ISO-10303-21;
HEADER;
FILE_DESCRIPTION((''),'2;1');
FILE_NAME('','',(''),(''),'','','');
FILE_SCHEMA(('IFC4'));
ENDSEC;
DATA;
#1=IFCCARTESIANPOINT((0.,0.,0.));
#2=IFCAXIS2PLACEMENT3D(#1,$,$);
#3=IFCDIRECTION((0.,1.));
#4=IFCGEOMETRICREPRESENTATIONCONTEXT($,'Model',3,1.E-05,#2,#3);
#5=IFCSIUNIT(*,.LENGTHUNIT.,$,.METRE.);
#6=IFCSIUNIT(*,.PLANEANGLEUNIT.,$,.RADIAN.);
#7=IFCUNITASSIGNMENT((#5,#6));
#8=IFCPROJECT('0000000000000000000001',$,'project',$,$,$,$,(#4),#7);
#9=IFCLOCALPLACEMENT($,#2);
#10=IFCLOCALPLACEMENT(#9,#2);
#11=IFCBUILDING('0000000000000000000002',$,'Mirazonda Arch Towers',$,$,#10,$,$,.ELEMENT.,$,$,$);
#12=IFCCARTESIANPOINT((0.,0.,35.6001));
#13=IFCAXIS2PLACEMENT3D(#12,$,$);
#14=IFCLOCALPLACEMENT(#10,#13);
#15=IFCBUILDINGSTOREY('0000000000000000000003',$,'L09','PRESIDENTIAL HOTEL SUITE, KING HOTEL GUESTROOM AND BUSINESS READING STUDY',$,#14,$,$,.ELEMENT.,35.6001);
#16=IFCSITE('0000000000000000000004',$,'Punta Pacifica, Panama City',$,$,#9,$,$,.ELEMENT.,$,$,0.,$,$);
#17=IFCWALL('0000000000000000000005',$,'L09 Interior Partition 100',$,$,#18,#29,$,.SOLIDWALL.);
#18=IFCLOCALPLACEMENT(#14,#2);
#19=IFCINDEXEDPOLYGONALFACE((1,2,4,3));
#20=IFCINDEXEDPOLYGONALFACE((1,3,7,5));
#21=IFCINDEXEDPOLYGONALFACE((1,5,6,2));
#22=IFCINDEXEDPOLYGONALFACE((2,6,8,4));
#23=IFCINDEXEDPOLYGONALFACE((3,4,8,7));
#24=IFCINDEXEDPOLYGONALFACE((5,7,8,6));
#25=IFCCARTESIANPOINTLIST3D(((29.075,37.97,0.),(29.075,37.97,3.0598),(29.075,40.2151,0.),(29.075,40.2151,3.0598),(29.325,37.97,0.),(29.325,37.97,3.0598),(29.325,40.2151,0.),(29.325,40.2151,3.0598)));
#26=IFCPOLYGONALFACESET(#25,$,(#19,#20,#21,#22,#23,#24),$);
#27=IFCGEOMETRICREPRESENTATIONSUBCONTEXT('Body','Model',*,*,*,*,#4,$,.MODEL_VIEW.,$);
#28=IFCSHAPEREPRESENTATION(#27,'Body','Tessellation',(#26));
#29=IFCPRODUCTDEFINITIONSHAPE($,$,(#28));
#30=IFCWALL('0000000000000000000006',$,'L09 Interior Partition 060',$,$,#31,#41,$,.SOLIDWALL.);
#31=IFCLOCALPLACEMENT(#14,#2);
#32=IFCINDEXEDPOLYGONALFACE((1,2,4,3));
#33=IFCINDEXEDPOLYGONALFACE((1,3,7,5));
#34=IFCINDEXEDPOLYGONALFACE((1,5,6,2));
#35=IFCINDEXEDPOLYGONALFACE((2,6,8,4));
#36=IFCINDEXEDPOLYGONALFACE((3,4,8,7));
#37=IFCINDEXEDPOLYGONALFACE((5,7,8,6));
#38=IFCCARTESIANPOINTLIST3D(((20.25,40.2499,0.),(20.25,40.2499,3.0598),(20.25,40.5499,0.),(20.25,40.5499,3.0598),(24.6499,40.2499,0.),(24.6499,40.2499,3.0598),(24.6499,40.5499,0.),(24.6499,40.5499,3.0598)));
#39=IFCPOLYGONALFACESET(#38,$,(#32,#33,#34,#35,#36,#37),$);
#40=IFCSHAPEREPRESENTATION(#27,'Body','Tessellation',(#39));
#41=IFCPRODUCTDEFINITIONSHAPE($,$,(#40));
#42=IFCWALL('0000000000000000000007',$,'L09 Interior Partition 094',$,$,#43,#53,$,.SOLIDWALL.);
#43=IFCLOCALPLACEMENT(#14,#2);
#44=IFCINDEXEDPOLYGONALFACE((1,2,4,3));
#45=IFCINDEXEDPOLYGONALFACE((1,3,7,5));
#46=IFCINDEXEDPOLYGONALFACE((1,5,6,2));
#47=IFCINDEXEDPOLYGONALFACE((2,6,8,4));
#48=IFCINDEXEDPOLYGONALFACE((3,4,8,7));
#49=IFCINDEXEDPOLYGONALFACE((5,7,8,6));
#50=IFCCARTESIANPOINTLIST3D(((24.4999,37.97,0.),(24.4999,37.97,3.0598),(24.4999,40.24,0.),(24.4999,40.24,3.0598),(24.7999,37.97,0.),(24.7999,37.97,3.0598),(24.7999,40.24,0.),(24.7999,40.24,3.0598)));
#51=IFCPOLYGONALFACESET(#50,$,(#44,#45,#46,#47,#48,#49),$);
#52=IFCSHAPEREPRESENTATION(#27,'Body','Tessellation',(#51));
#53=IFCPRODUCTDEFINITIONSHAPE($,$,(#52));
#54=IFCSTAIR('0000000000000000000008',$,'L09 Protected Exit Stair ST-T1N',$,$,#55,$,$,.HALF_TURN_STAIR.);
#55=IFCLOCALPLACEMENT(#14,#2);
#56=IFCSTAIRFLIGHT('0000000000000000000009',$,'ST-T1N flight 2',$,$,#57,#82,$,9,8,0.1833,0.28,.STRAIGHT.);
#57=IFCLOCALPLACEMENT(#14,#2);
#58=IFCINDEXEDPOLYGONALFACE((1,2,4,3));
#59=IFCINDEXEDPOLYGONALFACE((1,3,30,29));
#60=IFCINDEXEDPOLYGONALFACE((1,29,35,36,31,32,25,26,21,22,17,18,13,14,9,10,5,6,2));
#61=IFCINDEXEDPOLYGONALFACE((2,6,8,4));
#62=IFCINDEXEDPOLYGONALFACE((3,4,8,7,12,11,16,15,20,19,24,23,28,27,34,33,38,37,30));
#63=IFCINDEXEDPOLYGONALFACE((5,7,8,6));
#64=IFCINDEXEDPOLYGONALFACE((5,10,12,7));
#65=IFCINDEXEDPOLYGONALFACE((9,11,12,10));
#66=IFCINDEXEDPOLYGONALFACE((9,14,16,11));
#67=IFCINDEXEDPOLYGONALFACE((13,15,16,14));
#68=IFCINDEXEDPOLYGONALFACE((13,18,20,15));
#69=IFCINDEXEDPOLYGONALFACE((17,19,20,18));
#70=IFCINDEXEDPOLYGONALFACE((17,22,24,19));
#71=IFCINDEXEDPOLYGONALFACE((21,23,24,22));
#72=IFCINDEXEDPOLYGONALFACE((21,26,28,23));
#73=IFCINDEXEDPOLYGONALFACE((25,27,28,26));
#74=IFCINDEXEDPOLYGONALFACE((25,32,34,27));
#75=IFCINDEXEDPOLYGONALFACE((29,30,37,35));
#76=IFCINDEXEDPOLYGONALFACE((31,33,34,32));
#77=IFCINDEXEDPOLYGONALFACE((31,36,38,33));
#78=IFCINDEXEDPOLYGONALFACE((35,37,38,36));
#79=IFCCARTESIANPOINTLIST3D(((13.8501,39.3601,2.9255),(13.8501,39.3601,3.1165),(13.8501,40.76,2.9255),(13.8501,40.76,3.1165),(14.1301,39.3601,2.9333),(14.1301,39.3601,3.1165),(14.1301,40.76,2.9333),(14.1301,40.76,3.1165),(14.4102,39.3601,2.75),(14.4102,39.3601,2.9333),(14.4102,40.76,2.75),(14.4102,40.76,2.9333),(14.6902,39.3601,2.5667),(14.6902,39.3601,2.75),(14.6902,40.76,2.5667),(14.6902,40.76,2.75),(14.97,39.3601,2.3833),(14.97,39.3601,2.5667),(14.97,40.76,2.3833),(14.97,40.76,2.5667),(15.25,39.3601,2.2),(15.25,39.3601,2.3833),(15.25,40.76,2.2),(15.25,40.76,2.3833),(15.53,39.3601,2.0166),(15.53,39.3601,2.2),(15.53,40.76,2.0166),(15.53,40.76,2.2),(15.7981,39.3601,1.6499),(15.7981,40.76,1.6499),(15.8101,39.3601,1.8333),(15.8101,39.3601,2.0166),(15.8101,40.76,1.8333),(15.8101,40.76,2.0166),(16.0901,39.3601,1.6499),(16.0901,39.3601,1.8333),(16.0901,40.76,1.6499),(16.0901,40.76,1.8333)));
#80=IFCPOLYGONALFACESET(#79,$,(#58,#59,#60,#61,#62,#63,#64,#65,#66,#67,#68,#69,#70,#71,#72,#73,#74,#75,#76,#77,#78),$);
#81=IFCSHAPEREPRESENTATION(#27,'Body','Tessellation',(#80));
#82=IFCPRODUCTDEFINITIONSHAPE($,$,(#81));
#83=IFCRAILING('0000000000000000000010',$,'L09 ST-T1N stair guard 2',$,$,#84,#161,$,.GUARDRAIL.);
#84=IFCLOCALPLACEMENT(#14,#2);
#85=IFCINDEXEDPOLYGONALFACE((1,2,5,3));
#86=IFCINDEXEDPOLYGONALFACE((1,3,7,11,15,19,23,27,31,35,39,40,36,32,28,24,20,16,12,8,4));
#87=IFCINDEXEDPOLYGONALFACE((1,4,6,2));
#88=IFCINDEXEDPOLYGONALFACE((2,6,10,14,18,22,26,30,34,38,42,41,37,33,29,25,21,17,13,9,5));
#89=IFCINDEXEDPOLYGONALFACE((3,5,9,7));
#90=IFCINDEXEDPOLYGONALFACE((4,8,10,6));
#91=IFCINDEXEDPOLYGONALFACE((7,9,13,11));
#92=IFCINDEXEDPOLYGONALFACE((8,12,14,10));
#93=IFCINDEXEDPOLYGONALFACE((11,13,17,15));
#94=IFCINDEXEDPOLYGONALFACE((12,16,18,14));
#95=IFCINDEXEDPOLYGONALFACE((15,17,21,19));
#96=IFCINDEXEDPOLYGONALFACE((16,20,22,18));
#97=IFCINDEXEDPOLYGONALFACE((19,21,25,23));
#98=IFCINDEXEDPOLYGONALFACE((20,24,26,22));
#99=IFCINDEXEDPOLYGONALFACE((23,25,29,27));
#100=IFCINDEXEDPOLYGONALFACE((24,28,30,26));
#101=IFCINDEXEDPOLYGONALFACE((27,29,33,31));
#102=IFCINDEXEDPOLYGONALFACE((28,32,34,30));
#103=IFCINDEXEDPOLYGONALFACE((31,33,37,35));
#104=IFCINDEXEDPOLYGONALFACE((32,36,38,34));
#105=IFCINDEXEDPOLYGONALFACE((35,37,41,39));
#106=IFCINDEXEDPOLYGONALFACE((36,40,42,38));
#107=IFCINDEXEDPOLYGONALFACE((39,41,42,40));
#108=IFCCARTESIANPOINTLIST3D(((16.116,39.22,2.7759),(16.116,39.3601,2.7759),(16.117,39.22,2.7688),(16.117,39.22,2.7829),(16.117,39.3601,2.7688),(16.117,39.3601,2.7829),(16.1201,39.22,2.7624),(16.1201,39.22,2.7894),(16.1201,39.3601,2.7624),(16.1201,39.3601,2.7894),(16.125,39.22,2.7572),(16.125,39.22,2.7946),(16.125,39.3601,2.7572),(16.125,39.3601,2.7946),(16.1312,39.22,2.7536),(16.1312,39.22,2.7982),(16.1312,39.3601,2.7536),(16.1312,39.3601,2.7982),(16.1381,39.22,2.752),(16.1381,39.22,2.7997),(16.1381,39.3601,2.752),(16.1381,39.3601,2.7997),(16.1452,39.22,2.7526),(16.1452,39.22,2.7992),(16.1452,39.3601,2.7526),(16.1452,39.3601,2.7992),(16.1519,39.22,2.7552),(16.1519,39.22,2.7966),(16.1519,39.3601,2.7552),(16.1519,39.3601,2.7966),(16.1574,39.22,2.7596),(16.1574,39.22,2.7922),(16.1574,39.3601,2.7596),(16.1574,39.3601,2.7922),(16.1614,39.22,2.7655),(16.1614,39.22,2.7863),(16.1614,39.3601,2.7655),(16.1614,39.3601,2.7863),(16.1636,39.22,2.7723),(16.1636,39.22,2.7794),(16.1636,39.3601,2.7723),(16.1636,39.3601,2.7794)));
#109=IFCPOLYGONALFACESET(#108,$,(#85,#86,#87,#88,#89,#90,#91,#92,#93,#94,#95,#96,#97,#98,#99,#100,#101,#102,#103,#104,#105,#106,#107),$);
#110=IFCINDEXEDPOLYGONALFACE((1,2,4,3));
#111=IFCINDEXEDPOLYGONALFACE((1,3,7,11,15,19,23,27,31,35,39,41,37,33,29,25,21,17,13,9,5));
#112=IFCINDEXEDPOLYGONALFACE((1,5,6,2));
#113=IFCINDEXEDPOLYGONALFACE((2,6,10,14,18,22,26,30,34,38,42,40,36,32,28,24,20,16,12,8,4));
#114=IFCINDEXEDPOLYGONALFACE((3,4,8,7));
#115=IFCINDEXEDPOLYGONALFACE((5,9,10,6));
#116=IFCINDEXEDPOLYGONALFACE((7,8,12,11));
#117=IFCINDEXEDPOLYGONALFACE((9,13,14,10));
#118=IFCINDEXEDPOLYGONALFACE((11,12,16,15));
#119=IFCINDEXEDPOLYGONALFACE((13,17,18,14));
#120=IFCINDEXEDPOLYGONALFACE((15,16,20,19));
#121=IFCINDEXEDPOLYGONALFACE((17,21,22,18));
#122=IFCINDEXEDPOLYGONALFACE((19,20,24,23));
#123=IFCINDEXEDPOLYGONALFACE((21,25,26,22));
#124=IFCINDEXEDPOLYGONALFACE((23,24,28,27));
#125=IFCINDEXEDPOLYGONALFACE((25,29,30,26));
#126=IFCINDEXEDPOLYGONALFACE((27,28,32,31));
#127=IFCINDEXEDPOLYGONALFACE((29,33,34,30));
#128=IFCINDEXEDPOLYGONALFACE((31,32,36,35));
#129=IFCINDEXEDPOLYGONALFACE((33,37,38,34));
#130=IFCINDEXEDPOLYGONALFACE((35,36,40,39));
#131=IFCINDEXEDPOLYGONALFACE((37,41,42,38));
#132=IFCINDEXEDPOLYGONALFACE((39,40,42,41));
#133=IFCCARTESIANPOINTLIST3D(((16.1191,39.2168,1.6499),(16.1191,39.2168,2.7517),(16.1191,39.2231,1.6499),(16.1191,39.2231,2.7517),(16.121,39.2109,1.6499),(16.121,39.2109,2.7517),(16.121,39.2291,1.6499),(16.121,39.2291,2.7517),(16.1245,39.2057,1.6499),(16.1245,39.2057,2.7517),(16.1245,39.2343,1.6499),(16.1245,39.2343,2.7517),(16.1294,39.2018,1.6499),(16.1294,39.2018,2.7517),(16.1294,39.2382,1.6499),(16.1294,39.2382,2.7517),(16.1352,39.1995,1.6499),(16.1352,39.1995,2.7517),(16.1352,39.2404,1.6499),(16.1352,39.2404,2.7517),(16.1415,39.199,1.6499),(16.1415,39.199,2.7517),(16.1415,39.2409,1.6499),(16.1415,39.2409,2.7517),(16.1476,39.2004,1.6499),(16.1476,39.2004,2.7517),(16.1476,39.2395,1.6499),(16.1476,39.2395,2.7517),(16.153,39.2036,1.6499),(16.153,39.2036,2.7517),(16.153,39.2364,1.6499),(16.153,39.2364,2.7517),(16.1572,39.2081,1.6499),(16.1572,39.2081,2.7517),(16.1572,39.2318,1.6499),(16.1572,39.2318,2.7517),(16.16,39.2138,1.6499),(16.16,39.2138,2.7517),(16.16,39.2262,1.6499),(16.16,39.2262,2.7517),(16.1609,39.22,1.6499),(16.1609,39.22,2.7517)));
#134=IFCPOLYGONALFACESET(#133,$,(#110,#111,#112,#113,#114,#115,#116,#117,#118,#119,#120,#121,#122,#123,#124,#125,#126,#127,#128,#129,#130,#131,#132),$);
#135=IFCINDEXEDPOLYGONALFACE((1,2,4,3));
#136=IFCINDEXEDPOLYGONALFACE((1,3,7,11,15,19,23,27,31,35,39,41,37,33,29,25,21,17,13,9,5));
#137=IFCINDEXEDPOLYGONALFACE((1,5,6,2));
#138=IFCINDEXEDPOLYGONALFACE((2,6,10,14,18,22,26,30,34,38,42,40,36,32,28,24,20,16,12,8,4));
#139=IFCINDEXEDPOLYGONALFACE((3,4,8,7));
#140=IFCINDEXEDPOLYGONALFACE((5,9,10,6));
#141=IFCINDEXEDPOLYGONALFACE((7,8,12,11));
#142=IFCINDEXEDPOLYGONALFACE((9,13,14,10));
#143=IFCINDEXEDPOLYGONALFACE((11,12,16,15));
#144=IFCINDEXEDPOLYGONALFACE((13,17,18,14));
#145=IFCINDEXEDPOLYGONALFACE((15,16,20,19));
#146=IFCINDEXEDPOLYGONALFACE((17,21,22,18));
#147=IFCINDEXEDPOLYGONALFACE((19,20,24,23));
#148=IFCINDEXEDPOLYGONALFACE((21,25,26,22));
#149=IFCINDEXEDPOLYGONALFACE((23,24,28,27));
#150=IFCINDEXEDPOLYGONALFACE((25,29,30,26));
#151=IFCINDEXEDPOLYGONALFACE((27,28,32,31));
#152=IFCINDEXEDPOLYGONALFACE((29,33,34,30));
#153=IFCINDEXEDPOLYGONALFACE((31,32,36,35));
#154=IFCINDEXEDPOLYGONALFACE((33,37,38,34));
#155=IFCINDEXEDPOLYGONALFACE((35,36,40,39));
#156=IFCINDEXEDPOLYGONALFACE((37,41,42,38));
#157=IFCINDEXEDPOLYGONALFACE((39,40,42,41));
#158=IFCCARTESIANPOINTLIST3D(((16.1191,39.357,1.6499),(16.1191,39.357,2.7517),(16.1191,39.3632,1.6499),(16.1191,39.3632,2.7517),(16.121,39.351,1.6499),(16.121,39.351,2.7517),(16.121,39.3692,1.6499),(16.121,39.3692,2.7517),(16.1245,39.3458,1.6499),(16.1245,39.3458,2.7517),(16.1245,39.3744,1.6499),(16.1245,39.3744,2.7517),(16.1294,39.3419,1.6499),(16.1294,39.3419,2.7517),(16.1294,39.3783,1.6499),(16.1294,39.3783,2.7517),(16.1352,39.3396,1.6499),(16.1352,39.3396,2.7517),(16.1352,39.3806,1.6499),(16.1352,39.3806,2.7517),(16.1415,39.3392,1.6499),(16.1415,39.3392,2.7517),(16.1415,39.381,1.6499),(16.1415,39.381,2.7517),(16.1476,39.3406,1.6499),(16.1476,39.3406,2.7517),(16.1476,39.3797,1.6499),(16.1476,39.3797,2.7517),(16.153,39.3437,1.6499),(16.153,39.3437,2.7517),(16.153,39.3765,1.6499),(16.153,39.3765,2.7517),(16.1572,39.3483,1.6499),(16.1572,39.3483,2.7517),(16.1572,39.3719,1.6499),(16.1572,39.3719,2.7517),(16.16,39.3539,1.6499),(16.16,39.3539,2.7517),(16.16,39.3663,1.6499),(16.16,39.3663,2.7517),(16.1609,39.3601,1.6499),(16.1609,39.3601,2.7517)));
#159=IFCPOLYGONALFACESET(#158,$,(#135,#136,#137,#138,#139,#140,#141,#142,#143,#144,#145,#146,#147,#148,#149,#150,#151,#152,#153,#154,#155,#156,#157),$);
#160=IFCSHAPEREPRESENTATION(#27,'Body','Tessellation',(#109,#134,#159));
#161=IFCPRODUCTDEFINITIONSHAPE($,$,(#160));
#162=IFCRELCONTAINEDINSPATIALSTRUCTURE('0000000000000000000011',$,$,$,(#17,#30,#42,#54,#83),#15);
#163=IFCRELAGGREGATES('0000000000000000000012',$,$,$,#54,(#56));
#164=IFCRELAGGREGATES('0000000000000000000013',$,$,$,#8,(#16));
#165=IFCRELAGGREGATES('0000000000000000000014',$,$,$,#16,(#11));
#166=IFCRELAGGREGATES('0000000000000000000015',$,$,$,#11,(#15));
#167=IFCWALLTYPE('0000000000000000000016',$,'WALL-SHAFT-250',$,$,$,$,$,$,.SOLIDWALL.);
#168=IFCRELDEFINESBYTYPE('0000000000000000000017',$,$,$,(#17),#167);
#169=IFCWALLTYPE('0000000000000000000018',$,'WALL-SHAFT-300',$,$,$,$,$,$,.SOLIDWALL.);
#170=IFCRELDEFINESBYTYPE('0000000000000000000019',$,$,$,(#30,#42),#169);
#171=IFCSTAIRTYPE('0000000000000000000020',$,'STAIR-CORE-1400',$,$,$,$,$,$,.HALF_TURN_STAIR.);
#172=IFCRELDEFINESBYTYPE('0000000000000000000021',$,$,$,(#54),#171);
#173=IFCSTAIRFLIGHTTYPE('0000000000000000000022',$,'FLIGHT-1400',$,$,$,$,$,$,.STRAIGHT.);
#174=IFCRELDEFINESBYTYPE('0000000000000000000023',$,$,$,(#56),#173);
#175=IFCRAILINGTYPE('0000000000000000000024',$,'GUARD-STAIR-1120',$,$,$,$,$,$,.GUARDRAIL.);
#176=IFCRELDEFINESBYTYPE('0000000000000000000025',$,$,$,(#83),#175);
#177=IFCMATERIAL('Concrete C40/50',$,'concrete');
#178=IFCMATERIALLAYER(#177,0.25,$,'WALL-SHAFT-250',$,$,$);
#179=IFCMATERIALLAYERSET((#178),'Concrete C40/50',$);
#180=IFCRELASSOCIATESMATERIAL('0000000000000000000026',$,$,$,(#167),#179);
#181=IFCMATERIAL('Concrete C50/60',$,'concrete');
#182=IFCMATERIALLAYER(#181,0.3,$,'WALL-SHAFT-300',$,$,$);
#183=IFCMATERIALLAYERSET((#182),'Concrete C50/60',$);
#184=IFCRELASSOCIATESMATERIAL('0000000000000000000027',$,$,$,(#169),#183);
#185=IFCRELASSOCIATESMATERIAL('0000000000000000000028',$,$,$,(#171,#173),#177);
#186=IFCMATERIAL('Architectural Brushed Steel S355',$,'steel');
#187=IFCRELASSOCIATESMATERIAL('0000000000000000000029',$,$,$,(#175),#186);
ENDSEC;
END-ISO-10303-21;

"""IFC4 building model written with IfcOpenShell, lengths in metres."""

from ifc_helpers import new_model, si_unit, direction, frame, frame_2d, origin, origin_2d, place, context, subcontext, project, spatial, polyline, rectangle, circle, outline, extrude, material, layer, layer_set, type_object, element, aggregate, save


model = new_model("IFC4")

# Units and contexts
model_context = context("Model", 3, precision=1e-05, world=origin(), true_north=direction((0.0, 1.0)))
body_context = subcontext(model_context, "Body", "Model", "MODEL_VIEW")
ifc_project = project(units=[si_unit("LENGTHUNIT", "METRE"), si_unit("PLANEANGLEUNIT", "RADIAN")], contexts=[model_context])

# Site, building, storey
site_placement = place(None, origin())
site = spatial("IfcSite", under=ifc_project, at=site_placement, Name="Punta Pacifica, Panama City", CompositionType="ELEMENT", RefElevation=0.0)
building_placement = place(site_placement, origin())
building = spatial("IfcBuilding", under=site, at=building_placement, Name="Mirazonda Arch Towers", CompositionType="ELEMENT")
storey_placement = place(building_placement, frame((0.0, 0.0, 35.6001)))
storey = spatial("IfcBuildingStorey", under=building, at=storey_placement, Name="L09", Description="PRESIDENTIAL HOTEL SUITE, KING HOTEL GUESTROOM AND BUSINESS READING STUDY", CompositionType="ELEMENT", Elevation=35.6001)

# Shared definitions
ifc_material_1 = material(Name="Architectural Brushed Steel S355", Category="steel")

# Walls
ifc_material_2 = material(Name="Concrete C40/50", Category="concrete")
ifc_layer_1 = layer(ifc_material_2, 0.25, Name="WALL-SHAFT-250")
ifc_layer_set_1 = layer_set([ifc_layer_1], Name="Concrete C40/50")
wall_type_1 = type_object("IfcWallType", Name="WALL-SHAFT-250", PredefinedType="SOLIDWALL", material=ifc_layer_set_1)
for number, where, z_axis, x_axis, name in (
    (1, (29.2, 37.97, 0.0), (0.0, 0.0, 1.0), (0.0, 1.0, 0.0), "L09 Interior Partition 100"),
):
    element("IfcWall", number, at=place(storey_placement, frame(where, z_axis=z_axis, x_axis=x_axis)), inside=storey, type_object=wall_type_1, Name=name, PredefinedType="SOLIDWALL", context=body_context, shape_type="SweptSolid", body=[
        extrude(rectangle(XDim=2.2451, YDim=0.25, at=frame_2d((1.1226, 0.0))), origin(), (0.0, 0.0, 1.0), 3.0598),
    ])
ifc_material_3 = material(Name="Concrete C50/60", Category="concrete")
ifc_layer_2 = layer(ifc_material_3, 0.3, Name="WALL-SHAFT-300")
ifc_layer_set_2 = layer_set([ifc_layer_2], Name="Concrete C50/60")
wall_type_2 = type_object("IfcWallType", Name="WALL-SHAFT-300", PredefinedType="SOLIDWALL", material=ifc_layer_set_2)
wall_1_placement = place(storey_placement, frame((20.25, 40.3999, 0.0), z_axis=(0.0, 0.0, 1.0), x_axis=(1.0, 0.0, 0.0)))
element("IfcWall", 2, at=wall_1_placement, inside=storey, type_object=wall_type_2, Name="L09 Interior Partition 060", PredefinedType="SOLIDWALL", context=body_context, shape_type="SweptSolid", body=[
    extrude(rectangle(XDim=4.3999, YDim=0.3, at=frame_2d((2.2, 0.0))), origin(), (0.0, 0.0, 1.0), 3.0598),
])
wall_2_placement = place(storey_placement, frame((24.6499, 37.97, 0.0), z_axis=(0.0, 0.0, 1.0), x_axis=(0.0, 1.0, 0.0)))
element("IfcWall", 3, at=wall_2_placement, inside=storey, type_object=wall_type_2, Name="L09 Interior Partition 094", PredefinedType="SOLIDWALL", context=body_context, shape_type="SweptSolid", body=[
    extrude(rectangle(XDim=2.27, YDim=0.3, at=frame_2d((1.135, 0.0))), origin(), (0.0, 0.0, 1.0), 3.0598),
])

# Stair, stair flight
stair_type = type_object("IfcStairType", Name="STAIR-CORE-1400", PredefinedType="HALF_TURN_STAIR", material=ifc_material_2)
stair_placement = place(storey_placement, origin())
stair = element("IfcStair", 4, at=stair_placement, inside=storey, type_object=stair_type, Name="L09 Protected Exit Stair ST-T1N", PredefinedType="HALF_TURN_STAIR")
stair_flight_type = type_object("IfcStairFlightType", Name="FLIGHT-1400", PredefinedType="STRAIGHT", material=ifc_material_2)
stair_flight_placement = place(storey_placement, frame((16.0901, 40.0601, 1.6499), z_axis=(0.0, 0.0, 1.0), x_axis=(-1.0, 0.0, 0.0)))
stair_flight = element("IfcStairFlight", 5, at=stair_flight_placement, type_object=stair_flight_type, Name="ST-T1N flight 2", NumberOfRisers=9, NumberOfTreads=8, PredefinedType="STRAIGHT", RiserHeight=0.1833, TreadLength=0.28, context=body_context, shape_type="SweptSolid", body=[
    extrude(outline(polyline([(0.0, 0.0), (0.0, 0.1833), (0.28, 0.1833), (0.28, 0.3667), (0.5601, 0.3667), (0.5601, 0.55), (0.8401, 0.55), (0.8401, 0.7334), (1.1201, 0.7334), (1.1201, 0.9167), (1.3999, 0.9167), (1.3999, 1.1001), (1.6799, 1.1001), (1.6799, 1.2834), (1.96, 1.2834), (1.96, 1.4666), (2.24, 1.4666), (2.24, 1.6499), (2.24, 1.2756), (0.292, 0.0), (0.0, 0.0)])), frame((0.0, 0.7, 0.0), z_axis=(0.0, -1.0, 0.0), x_axis=(1.0, 0.0, 0.0)), (0.0, 0.0, 1.0), 1.3999),
])
aggregate(stair, [stair_flight])

# Railing
railing_type_1 = type_object("IfcRailingType", Name="GUARD-STAIR-1120", PredefinedType="GUARDRAIL", material=ifc_material_1)
railing_1_placement = place(storey_placement, frame((16.1399, 39.22, 1.6499)))
element("IfcRailing", 6, at=railing_1_placement, inside=storey, type_object=railing_type_1, Name="L09 ST-T1N stair guard 2", PredefinedType="GUARDRAIL", context=body_context, shape_type="SweptSolid", body=[
    extrude(circle(Radius=0.0239, at=origin_2d()), frame((0.0, 0.0, 1.126), z_axis=(0.0, 1.0, 0.0), x_axis=(-1.0, 0.0, 0.0)), (0.0, 0.0, 1.0), 0.1401),
    extrude(circle(Radius=0.021, at=origin_2d()), origin(), (0.0, 0.0, 1.0), 1.1018),
    extrude(circle(Radius=0.021, at=origin_2d()), frame((0.0, 0.1401, 0.0)), (0.0, 0.0, 1.0), 1.1018),
])

save(model, "model.ifc")
